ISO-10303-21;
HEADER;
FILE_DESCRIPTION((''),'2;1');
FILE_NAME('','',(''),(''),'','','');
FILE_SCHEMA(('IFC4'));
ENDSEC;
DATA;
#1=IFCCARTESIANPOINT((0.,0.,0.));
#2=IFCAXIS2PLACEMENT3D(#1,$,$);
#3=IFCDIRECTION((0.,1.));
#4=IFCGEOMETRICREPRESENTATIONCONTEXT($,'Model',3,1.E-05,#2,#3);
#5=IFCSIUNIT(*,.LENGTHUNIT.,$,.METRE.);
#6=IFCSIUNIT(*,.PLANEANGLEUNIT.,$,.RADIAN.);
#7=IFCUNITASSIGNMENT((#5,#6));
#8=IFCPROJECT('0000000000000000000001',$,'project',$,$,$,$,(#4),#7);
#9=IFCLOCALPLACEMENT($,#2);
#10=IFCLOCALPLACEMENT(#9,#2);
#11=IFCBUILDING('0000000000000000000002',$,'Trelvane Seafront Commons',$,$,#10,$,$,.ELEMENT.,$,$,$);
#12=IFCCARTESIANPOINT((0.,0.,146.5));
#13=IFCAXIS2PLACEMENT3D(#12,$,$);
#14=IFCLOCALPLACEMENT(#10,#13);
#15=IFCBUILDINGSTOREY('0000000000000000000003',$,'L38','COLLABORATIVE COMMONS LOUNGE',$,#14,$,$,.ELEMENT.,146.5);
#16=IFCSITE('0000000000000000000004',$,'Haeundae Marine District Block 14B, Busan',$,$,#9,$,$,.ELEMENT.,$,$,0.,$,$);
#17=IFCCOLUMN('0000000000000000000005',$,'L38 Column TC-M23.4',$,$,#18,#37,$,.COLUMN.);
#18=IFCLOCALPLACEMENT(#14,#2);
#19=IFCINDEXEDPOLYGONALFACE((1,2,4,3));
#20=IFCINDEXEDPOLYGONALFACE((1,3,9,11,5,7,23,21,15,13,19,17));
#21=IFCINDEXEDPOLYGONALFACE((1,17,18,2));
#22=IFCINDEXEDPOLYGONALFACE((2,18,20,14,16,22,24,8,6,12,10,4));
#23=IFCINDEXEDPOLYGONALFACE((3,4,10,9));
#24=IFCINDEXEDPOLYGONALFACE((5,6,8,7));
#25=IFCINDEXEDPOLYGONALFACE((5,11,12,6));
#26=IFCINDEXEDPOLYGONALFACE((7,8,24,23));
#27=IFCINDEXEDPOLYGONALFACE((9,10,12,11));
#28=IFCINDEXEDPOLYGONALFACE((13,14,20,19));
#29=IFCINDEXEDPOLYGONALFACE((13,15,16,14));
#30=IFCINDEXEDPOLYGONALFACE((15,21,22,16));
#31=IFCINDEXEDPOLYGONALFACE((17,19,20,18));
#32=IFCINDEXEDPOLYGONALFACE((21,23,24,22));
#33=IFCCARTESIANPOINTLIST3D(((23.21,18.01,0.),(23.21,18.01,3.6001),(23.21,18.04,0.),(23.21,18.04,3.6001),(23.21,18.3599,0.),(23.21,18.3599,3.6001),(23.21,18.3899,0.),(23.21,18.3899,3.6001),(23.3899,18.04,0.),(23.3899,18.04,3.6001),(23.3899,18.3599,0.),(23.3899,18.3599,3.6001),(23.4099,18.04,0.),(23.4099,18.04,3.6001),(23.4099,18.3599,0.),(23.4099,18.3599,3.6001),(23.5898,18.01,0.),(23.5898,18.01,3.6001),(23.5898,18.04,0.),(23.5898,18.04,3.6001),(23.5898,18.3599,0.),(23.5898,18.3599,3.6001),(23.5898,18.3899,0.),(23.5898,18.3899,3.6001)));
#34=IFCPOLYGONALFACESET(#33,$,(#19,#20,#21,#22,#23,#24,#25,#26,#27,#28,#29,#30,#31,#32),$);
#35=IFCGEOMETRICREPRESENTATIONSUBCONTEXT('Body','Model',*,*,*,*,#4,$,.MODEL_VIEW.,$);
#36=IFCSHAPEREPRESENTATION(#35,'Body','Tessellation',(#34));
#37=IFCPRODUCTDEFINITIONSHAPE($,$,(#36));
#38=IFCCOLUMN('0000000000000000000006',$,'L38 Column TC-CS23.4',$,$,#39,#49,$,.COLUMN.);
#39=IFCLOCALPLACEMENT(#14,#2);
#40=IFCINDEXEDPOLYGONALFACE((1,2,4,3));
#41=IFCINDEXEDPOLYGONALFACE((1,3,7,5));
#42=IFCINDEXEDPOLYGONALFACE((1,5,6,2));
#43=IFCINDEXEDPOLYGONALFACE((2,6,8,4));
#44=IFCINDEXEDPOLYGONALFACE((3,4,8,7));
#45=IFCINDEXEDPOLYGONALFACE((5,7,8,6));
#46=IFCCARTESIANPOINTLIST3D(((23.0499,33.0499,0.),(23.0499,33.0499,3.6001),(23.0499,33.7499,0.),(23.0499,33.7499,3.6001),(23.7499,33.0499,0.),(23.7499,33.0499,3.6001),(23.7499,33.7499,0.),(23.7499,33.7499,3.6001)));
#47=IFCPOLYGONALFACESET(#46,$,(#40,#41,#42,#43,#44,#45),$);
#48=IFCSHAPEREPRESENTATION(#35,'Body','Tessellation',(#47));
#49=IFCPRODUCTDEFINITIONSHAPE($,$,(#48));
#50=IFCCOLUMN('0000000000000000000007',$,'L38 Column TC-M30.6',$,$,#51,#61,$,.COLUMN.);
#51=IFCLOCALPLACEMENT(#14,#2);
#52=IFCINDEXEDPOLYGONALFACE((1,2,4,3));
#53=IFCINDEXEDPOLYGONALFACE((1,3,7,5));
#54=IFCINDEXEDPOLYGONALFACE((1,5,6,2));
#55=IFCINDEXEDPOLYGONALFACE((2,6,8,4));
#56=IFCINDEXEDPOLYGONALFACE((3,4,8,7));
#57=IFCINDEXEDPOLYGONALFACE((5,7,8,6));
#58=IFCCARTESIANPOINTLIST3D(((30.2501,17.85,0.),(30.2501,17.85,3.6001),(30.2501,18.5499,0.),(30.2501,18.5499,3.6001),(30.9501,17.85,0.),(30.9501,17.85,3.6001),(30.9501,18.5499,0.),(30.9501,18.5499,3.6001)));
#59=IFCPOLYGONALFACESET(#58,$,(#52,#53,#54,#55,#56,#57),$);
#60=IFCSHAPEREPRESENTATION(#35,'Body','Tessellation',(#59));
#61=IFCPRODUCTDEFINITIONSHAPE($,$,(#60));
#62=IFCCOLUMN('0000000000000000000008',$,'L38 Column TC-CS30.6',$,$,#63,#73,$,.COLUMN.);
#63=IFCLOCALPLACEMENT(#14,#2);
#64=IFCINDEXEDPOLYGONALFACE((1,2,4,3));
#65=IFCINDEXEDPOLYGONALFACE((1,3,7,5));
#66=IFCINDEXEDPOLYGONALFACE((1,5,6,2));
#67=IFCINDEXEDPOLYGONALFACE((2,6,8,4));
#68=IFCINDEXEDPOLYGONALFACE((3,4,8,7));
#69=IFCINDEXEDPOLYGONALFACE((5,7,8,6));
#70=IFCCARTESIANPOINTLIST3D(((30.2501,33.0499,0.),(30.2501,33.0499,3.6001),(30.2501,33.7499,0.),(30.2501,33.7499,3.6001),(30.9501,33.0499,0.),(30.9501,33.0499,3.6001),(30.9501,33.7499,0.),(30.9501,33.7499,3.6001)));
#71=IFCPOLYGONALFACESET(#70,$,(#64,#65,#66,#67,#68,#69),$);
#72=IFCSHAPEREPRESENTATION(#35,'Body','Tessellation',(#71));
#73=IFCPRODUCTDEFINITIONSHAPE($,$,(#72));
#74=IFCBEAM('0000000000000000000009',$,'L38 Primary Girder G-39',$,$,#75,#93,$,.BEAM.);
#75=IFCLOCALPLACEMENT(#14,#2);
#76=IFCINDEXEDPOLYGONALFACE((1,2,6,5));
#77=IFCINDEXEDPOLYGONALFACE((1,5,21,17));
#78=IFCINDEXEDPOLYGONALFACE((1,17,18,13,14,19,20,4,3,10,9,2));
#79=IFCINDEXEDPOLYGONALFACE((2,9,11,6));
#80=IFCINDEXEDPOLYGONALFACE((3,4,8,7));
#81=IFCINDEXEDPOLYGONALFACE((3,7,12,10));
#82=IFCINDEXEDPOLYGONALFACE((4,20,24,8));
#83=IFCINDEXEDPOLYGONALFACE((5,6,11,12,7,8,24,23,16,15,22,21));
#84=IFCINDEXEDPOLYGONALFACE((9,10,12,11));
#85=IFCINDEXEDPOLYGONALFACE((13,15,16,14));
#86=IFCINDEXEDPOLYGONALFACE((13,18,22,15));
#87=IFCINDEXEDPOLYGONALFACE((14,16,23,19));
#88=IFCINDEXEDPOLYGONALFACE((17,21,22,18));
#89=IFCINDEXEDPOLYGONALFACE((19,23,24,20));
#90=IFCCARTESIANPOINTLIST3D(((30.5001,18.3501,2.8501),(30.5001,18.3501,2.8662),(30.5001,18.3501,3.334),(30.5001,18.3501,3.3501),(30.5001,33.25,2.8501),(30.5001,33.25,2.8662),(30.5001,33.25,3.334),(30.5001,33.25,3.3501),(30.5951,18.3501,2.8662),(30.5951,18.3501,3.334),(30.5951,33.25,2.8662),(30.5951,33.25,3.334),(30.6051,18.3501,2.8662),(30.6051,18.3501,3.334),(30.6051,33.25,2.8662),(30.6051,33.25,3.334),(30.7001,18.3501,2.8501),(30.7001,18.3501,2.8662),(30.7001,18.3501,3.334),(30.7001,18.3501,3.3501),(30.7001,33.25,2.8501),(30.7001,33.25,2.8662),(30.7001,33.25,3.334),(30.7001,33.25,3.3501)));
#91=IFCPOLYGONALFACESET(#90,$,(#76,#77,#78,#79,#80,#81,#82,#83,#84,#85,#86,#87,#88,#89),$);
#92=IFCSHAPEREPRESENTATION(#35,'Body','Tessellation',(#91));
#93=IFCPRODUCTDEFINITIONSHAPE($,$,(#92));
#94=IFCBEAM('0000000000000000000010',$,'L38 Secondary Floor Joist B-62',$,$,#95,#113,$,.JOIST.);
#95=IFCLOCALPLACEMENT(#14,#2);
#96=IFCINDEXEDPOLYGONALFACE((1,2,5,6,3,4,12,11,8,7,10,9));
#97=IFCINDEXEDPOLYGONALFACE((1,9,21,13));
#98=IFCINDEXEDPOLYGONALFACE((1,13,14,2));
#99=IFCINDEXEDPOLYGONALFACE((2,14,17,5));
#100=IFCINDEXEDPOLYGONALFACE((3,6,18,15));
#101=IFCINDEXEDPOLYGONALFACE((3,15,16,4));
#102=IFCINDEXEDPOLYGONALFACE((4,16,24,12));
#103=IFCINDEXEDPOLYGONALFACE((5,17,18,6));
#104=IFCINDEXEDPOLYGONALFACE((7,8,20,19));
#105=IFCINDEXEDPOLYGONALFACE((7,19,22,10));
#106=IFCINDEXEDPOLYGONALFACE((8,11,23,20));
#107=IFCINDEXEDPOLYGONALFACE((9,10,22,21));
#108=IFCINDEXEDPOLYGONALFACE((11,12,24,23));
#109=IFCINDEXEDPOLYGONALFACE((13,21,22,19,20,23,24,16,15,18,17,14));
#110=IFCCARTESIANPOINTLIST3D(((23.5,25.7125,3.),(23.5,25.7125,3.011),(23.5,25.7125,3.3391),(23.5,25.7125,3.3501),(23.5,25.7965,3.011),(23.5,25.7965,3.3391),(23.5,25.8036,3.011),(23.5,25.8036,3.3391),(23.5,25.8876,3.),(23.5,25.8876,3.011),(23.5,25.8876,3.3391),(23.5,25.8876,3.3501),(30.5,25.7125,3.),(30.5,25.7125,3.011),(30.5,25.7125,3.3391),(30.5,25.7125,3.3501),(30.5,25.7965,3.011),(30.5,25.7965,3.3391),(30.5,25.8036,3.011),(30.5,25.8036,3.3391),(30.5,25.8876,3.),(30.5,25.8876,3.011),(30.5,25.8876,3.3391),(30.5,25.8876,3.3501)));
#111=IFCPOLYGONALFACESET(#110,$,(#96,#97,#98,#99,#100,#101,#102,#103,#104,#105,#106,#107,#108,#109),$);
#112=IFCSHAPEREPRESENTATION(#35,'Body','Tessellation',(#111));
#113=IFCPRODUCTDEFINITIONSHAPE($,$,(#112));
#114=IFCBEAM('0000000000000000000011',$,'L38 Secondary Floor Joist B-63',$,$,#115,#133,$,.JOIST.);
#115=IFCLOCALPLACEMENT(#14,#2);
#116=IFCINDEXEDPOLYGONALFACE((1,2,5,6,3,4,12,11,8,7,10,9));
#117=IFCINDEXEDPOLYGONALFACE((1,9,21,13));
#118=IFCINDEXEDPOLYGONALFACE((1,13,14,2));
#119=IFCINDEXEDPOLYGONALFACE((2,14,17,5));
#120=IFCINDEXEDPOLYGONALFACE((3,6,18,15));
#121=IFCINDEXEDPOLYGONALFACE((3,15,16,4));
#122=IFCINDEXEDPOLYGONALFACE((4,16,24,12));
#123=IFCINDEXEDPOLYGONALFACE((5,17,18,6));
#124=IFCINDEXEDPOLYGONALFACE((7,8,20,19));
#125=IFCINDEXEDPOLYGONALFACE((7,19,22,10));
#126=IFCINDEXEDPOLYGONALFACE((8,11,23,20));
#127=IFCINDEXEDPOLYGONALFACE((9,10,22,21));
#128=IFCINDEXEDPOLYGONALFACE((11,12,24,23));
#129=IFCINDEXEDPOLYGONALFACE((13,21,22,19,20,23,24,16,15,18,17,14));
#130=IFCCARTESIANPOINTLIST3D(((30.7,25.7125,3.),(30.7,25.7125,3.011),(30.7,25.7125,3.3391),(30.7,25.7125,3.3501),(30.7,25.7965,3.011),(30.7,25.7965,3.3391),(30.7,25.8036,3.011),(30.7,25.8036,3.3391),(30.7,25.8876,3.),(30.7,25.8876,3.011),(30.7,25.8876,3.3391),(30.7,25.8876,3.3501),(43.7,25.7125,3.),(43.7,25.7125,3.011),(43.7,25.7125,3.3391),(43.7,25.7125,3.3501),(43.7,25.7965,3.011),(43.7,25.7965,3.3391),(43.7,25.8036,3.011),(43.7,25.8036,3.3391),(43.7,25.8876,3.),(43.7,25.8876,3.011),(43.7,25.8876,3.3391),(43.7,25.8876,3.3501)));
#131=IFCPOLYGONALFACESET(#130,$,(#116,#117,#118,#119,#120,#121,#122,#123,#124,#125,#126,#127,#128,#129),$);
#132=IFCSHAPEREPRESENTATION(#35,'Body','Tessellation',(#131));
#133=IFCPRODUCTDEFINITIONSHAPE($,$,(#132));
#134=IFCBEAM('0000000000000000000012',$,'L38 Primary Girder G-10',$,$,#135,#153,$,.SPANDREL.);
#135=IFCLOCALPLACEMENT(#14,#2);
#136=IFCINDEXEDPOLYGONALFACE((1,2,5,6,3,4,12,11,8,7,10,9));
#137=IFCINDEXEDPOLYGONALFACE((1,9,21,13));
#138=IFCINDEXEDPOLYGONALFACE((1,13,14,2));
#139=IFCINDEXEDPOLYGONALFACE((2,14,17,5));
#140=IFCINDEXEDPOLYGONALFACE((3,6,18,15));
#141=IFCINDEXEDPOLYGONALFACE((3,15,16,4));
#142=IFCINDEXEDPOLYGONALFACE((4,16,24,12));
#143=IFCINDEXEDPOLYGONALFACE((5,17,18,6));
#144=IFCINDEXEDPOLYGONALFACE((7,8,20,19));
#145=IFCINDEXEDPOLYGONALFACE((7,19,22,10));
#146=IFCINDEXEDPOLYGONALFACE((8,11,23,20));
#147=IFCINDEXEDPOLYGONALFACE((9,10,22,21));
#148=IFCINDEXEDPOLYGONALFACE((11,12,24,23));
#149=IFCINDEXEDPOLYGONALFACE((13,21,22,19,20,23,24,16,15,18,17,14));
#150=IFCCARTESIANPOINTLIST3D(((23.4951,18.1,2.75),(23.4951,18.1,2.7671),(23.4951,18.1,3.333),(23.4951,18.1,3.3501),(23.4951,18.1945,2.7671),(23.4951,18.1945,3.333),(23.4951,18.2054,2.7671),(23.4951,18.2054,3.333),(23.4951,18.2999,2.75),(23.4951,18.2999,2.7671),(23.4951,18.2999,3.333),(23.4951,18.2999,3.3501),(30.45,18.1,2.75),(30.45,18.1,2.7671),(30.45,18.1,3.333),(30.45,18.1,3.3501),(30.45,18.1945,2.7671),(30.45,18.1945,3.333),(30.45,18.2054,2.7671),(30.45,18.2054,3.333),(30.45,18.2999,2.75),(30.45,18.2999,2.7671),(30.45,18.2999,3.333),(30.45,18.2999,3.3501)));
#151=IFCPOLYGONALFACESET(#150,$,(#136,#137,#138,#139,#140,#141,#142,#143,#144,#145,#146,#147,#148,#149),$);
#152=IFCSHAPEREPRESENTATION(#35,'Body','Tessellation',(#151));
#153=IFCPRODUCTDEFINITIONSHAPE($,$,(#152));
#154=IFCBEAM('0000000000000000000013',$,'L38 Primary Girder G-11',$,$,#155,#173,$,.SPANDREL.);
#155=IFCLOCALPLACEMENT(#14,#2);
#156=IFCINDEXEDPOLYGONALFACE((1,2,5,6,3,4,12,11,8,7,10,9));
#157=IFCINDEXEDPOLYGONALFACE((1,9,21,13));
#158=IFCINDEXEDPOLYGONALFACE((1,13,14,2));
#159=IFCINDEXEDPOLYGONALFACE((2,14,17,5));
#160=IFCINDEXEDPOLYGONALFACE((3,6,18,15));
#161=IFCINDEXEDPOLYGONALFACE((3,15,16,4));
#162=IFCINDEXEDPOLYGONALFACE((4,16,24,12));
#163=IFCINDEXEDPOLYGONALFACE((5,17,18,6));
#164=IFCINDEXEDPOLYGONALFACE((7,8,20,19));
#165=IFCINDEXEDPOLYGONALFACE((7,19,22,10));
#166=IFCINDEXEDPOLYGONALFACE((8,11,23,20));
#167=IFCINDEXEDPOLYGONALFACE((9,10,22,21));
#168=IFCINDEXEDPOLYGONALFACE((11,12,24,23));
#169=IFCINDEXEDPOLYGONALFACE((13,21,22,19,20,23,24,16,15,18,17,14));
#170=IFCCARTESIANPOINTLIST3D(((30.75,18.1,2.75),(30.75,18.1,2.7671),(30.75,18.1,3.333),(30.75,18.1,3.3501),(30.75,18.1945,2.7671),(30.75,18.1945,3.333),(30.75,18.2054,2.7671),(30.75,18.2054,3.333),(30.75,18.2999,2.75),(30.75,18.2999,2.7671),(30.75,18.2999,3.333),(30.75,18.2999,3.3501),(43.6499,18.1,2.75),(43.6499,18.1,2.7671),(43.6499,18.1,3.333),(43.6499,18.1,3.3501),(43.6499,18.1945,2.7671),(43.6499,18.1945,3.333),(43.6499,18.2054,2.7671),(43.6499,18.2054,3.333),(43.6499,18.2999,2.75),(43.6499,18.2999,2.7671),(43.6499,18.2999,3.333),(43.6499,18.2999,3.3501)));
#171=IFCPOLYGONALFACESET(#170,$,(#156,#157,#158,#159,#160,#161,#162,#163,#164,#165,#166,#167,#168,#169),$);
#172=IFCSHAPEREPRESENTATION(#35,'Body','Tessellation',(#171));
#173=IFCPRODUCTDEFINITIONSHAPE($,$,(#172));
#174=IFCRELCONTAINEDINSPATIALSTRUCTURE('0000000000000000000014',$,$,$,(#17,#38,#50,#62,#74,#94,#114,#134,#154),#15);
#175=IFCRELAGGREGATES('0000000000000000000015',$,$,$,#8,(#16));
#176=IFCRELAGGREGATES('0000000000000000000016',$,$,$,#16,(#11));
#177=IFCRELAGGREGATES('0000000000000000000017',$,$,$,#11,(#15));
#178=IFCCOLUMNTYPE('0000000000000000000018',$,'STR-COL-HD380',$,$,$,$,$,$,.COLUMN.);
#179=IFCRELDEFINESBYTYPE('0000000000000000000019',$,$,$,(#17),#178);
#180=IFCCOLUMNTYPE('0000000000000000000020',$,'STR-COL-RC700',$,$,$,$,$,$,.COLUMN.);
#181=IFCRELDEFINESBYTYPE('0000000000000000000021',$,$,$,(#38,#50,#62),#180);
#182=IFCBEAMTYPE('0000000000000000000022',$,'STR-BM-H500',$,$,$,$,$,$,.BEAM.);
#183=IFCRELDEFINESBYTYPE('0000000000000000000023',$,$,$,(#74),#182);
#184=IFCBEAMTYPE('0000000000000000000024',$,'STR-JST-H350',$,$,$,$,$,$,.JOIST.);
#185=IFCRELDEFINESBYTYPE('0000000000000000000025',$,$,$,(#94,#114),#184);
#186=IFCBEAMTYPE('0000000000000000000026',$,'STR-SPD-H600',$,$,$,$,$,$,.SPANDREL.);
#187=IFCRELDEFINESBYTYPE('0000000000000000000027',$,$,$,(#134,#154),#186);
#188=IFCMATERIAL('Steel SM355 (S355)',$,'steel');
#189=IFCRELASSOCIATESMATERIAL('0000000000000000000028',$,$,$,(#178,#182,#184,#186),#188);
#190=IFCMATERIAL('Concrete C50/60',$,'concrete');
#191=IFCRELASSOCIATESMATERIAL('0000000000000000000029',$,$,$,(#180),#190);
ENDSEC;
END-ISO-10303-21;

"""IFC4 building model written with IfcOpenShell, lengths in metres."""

from ifc_helpers import new_model, si_unit, direction, frame, origin, origin_2d, place, context, subcontext, project, spatial, rectangle, i_section, extrude, source, transform, mapped, material, material_profile, profile_set, type_object, element, save


model = new_model("IFC4")

# Units and contexts
model_context = context("Model", 3, precision=1e-05, world=origin(), true_north=direction((0.0, 1.0)))
body_context = subcontext(model_context, "Body", "Model", "MODEL_VIEW")
ifc_project = project(units=[si_unit("LENGTHUNIT", "METRE"), si_unit("PLANEANGLEUNIT", "RADIAN")], contexts=[model_context])

# Site, building, storey
site_placement = place(None, origin())
site = spatial("IfcSite", under=ifc_project, at=site_placement, Name="Haeundae Marine District Block 14B, Busan", CompositionType="ELEMENT", RefElevation=0.0)
building_placement = place(site_placement, origin())
building = spatial("IfcBuilding", under=site, at=building_placement, Name="Trelvane Seafront Commons", CompositionType="ELEMENT")
storey_placement = place(building_placement, frame((0.0, 0.0, 146.5)))
storey = spatial("IfcBuildingStorey", under=building, at=storey_placement, Name="L38", Description="COLLABORATIVE COMMONS LOUNGE", CompositionType="ELEMENT", Elevation=146.5)

# Columns
ifc_material_1 = material(Name="Steel SM355 (S355)", Category="steel")
ifc_material_profile_1 = material_profile(ifc_material_1, i_section(OverallWidth=0.3799, OverallDepth=0.3799, WebThickness=0.02, FlangeThickness=0.03, at=origin_2d()), Name="HD-380x380x20x30")
ifc_profile_set_1 = profile_set([ifc_material_profile_1], Name="Steel SM355 (S355)")
column_type_1 = type_object("IfcColumnType", Name="STR-COL-HD380", PredefinedType="COLUMN", material=ifc_profile_set_1)
shared_shape_1 = source(origin(), body_context, "Body", "SweptSolid", [
    extrude(i_section(OverallWidth=0.3799, OverallDepth=0.3799, WebThickness=0.02, FlangeThickness=0.03, at=origin_2d()), origin(), (0.0, 0.0, 1.0), 3.6001),
])
column_placement = place(storey_placement, frame((23.3999, 18.2, 0.0), z_axis=(0.0, 0.0, 1.0), x_axis=(1.0, 0.0, 0.0)))
element("IfcColumn", 1, at=column_placement, inside=storey, type_object=column_type_1, Name="L38 Column TC-M23.4", PredefinedType="COLUMN", context=body_context, shape_type="MappedRepresentation", body=[
    mapped(shared_shape_1, transform((0.0, 0.0, 0.0), x_axis=(1.0, 0.0, 0.0), y_axis=(0.0, 1.0, 0.0), z_axis=(0.0, 0.0, 1.0), scale=1.0)),
])
ifc_material_2 = material(Name="Concrete C50/60", Category="concrete")
ifc_material_profile_2 = material_profile(ifc_material_2, rectangle(XDim=0.7, YDim=0.7, at=origin_2d()), Name="RC-700x700")
ifc_profile_set_2 = profile_set([ifc_material_profile_2], Name="Concrete C50/60")
column_type_2 = type_object("IfcColumnType", Name="STR-COL-RC700", PredefinedType="COLUMN", material=ifc_profile_set_2)
shared_shape_2 = source(origin(), body_context, "Body", "SweptSolid", [
    extrude(rectangle(XDim=0.7, YDim=0.7, at=origin_2d()), origin(), (0.0, 0.0, 1.0), 3.6001),
])
for number, where, z_axis, x_axis, name in (
    (2, (23.3999, 33.3999, 0.0), (0.0, 0.0, 1.0), (1.0, 0.0, 0.0), "L38 Column TC-CS23.4"),
    (3, (30.6001, 18.2, 0.0), (0.0, 0.0, 1.0), (1.0, 0.0, 0.0), "L38 Column TC-M30.6"),
    (4, (30.6001, 33.3999, 0.0), (0.0, 0.0, 1.0), (1.0, 0.0, 0.0), "L38 Column TC-CS30.6"),
):
    element("IfcColumn", number, at=place(storey_placement, frame(where, z_axis=z_axis, x_axis=x_axis)), inside=storey, type_object=column_type_2, Name=name, PredefinedType="COLUMN", context=body_context, shape_type="MappedRepresentation", body=[
        mapped(shared_shape_2, transform((0.0, 0.0, 0.0), x_axis=(1.0, 0.0, 0.0), y_axis=(0.0, 1.0, 0.0), z_axis=(0.0, 0.0, 1.0), scale=1.0)),
    ])

# Beams
ifc_material_profile_3 = material_profile(ifc_material_1, i_section(OverallWidth=0.2, OverallDepth=0.5, WebThickness=0.01, FlangeThickness=0.0161, at=origin_2d()), Name="H-500x200x10x16")
ifc_profile_set_3 = profile_set([ifc_material_profile_3], Name="Steel SM355 (S355)")
beam_type_1 = type_object("IfcBeamType", Name="STR-BM-H500", PredefinedType="BEAM", material=ifc_profile_set_3)
shared_shape_3 = source(origin(), body_context, "Body", "SweptSolid", [
    extrude(i_section(OverallWidth=0.2, OverallDepth=0.5, WebThickness=0.01, FlangeThickness=0.0161, at=origin_2d()), origin(), (0.0, 0.0, 1.0), 14.8999),
])
beam_1_placement = place(storey_placement, frame((30.6001, 18.3501, 3.1001), z_axis=(0.0, 1.0, 0.0), x_axis=(-1.0, 0.0, 0.0)))
element("IfcBeam", 5, at=beam_1_placement, inside=storey, type_object=beam_type_1, Name="L38 Primary Girder G-39", PredefinedType="BEAM", context=body_context, shape_type="MappedRepresentation", body=[
    mapped(shared_shape_3, transform((0.0, 0.0, 0.0), x_axis=(1.0, 0.0, 0.0), y_axis=(0.0, 1.0, 0.0), z_axis=(0.0, 0.0, 1.0), scale=1.0)),
])
ifc_material_profile_4 = material_profile(ifc_material_1, i_section(OverallWidth=0.175, OverallDepth=0.3501, WebThickness=0.0071, FlangeThickness=0.011, at=origin_2d()), Name="H-350x175x7x11")
ifc_profile_set_4 = profile_set([ifc_material_profile_4], Name="Steel SM355 (S355)")
beam_type_2 = type_object("IfcBeamType", Name="STR-JST-H350", PredefinedType="JOIST", material=ifc_profile_set_4)
shared_shape_4 = source(origin(), body_context, "Body", "SweptSolid", [
    extrude(i_section(OverallWidth=0.175, OverallDepth=0.3501, WebThickness=0.0071, FlangeThickness=0.011, at=origin_2d()), origin(), (0.0, 0.0, 1.0), 7.0),
])
beam_2_placement = place(storey_placement, frame((23.5, 25.8, 3.175), z_axis=(1.0, 0.0, 0.0), x_axis=(0.0, 1.0, 0.0)))
element("IfcBeam", 6, at=beam_2_placement, inside=storey, type_object=beam_type_2, Name="L38 Secondary Floor Joist B-62", PredefinedType="JOIST", context=body_context, shape_type="MappedRepresentation", body=[
    mapped(shared_shape_4, transform((0.0, 0.0, 0.0), x_axis=(1.0, 0.0, 0.0), y_axis=(0.0, 1.0, 0.0), z_axis=(0.0, 0.0, 1.0), scale=1.0)),
])
shared_shape_5 = source(origin(), body_context, "Body", "SweptSolid", [
    extrude(i_section(OverallWidth=0.175, OverallDepth=0.3501, WebThickness=0.0071, FlangeThickness=0.011, at=origin_2d()), origin(), (0.0, 0.0, 1.0), 13.0),
])
beam_3_placement = place(storey_placement, frame((30.7, 25.8, 3.175), z_axis=(1.0, 0.0, 0.0), x_axis=(0.0, 1.0, 0.0)))
element("IfcBeam", 7, at=beam_3_placement, inside=storey, type_object=beam_type_2, Name="L38 Secondary Floor Joist B-63", PredefinedType="JOIST", context=body_context, shape_type="MappedRepresentation", body=[
    mapped(shared_shape_5, transform((0.0, 0.0, 0.0), x_axis=(1.0, 0.0, 0.0), y_axis=(0.0, 1.0, 0.0), z_axis=(0.0, 0.0, 1.0), scale=1.0)),
])
ifc_material_profile_5 = material_profile(ifc_material_1, i_section(OverallWidth=0.2, OverallDepth=0.6001, WebThickness=0.011, FlangeThickness=0.0171, at=origin_2d()), Name="H-600x200x11x17")
ifc_profile_set_5 = profile_set([ifc_material_profile_5], Name="Steel SM355 (S355)")
beam_type_3 = type_object("IfcBeamType", Name="STR-SPD-H600", PredefinedType="SPANDREL", material=ifc_profile_set_5)
shared_shape_6 = source(origin(), body_context, "Body", "SweptSolid", [
    extrude(i_section(OverallWidth=0.2, OverallDepth=0.6001, WebThickness=0.011, FlangeThickness=0.0171, at=origin_2d()), origin(), (0.0, 0.0, 1.0), 6.9548),
])
beam_4_placement = place(storey_placement, frame((23.4951, 18.2, 3.05), z_axis=(1.0, 0.0, 0.0), x_axis=(0.0, 1.0, 0.0)))
element("IfcBeam", 8, at=beam_4_placement, inside=storey, type_object=beam_type_3, Name="L38 Primary Girder G-10", PredefinedType="SPANDREL", context=body_context, shape_type="MappedRepresentation", body=[
    mapped(shared_shape_6, transform((0.0, 0.0, 0.0), x_axis=(1.0, 0.0, 0.0), y_axis=(0.0, 1.0, 0.0), z_axis=(0.0, 0.0, 1.0), scale=1.0)),
])
shared_shape_7 = source(origin(), body_context, "Body", "SweptSolid", [
    extrude(i_section(OverallWidth=0.2, OverallDepth=0.6001, WebThickness=0.011, FlangeThickness=0.0171, at=origin_2d()), origin(), (0.0, 0.0, 1.0), 12.8999),
])
for number, where, z_axis, x_axis, name in (
    (9, (30.75, 18.2, 3.05), (1.0, 0.0, 0.0), (0.0, 1.0, 0.0), "L38 Primary Girder G-11"),
):
    element("IfcBeam", number, at=place(storey_placement, frame(where, z_axis=z_axis, x_axis=x_axis)), inside=storey, type_object=beam_type_3, Name=name, PredefinedType="SPANDREL", context=body_context, shape_type="MappedRepresentation", body=[
        mapped(shared_shape_7, transform((0.0, 0.0, 0.0), x_axis=(1.0, 0.0, 0.0), y_axis=(0.0, 1.0, 0.0), z_axis=(0.0, 0.0, 1.0), scale=1.0)),
    ])

save(model, "model.ifc")
